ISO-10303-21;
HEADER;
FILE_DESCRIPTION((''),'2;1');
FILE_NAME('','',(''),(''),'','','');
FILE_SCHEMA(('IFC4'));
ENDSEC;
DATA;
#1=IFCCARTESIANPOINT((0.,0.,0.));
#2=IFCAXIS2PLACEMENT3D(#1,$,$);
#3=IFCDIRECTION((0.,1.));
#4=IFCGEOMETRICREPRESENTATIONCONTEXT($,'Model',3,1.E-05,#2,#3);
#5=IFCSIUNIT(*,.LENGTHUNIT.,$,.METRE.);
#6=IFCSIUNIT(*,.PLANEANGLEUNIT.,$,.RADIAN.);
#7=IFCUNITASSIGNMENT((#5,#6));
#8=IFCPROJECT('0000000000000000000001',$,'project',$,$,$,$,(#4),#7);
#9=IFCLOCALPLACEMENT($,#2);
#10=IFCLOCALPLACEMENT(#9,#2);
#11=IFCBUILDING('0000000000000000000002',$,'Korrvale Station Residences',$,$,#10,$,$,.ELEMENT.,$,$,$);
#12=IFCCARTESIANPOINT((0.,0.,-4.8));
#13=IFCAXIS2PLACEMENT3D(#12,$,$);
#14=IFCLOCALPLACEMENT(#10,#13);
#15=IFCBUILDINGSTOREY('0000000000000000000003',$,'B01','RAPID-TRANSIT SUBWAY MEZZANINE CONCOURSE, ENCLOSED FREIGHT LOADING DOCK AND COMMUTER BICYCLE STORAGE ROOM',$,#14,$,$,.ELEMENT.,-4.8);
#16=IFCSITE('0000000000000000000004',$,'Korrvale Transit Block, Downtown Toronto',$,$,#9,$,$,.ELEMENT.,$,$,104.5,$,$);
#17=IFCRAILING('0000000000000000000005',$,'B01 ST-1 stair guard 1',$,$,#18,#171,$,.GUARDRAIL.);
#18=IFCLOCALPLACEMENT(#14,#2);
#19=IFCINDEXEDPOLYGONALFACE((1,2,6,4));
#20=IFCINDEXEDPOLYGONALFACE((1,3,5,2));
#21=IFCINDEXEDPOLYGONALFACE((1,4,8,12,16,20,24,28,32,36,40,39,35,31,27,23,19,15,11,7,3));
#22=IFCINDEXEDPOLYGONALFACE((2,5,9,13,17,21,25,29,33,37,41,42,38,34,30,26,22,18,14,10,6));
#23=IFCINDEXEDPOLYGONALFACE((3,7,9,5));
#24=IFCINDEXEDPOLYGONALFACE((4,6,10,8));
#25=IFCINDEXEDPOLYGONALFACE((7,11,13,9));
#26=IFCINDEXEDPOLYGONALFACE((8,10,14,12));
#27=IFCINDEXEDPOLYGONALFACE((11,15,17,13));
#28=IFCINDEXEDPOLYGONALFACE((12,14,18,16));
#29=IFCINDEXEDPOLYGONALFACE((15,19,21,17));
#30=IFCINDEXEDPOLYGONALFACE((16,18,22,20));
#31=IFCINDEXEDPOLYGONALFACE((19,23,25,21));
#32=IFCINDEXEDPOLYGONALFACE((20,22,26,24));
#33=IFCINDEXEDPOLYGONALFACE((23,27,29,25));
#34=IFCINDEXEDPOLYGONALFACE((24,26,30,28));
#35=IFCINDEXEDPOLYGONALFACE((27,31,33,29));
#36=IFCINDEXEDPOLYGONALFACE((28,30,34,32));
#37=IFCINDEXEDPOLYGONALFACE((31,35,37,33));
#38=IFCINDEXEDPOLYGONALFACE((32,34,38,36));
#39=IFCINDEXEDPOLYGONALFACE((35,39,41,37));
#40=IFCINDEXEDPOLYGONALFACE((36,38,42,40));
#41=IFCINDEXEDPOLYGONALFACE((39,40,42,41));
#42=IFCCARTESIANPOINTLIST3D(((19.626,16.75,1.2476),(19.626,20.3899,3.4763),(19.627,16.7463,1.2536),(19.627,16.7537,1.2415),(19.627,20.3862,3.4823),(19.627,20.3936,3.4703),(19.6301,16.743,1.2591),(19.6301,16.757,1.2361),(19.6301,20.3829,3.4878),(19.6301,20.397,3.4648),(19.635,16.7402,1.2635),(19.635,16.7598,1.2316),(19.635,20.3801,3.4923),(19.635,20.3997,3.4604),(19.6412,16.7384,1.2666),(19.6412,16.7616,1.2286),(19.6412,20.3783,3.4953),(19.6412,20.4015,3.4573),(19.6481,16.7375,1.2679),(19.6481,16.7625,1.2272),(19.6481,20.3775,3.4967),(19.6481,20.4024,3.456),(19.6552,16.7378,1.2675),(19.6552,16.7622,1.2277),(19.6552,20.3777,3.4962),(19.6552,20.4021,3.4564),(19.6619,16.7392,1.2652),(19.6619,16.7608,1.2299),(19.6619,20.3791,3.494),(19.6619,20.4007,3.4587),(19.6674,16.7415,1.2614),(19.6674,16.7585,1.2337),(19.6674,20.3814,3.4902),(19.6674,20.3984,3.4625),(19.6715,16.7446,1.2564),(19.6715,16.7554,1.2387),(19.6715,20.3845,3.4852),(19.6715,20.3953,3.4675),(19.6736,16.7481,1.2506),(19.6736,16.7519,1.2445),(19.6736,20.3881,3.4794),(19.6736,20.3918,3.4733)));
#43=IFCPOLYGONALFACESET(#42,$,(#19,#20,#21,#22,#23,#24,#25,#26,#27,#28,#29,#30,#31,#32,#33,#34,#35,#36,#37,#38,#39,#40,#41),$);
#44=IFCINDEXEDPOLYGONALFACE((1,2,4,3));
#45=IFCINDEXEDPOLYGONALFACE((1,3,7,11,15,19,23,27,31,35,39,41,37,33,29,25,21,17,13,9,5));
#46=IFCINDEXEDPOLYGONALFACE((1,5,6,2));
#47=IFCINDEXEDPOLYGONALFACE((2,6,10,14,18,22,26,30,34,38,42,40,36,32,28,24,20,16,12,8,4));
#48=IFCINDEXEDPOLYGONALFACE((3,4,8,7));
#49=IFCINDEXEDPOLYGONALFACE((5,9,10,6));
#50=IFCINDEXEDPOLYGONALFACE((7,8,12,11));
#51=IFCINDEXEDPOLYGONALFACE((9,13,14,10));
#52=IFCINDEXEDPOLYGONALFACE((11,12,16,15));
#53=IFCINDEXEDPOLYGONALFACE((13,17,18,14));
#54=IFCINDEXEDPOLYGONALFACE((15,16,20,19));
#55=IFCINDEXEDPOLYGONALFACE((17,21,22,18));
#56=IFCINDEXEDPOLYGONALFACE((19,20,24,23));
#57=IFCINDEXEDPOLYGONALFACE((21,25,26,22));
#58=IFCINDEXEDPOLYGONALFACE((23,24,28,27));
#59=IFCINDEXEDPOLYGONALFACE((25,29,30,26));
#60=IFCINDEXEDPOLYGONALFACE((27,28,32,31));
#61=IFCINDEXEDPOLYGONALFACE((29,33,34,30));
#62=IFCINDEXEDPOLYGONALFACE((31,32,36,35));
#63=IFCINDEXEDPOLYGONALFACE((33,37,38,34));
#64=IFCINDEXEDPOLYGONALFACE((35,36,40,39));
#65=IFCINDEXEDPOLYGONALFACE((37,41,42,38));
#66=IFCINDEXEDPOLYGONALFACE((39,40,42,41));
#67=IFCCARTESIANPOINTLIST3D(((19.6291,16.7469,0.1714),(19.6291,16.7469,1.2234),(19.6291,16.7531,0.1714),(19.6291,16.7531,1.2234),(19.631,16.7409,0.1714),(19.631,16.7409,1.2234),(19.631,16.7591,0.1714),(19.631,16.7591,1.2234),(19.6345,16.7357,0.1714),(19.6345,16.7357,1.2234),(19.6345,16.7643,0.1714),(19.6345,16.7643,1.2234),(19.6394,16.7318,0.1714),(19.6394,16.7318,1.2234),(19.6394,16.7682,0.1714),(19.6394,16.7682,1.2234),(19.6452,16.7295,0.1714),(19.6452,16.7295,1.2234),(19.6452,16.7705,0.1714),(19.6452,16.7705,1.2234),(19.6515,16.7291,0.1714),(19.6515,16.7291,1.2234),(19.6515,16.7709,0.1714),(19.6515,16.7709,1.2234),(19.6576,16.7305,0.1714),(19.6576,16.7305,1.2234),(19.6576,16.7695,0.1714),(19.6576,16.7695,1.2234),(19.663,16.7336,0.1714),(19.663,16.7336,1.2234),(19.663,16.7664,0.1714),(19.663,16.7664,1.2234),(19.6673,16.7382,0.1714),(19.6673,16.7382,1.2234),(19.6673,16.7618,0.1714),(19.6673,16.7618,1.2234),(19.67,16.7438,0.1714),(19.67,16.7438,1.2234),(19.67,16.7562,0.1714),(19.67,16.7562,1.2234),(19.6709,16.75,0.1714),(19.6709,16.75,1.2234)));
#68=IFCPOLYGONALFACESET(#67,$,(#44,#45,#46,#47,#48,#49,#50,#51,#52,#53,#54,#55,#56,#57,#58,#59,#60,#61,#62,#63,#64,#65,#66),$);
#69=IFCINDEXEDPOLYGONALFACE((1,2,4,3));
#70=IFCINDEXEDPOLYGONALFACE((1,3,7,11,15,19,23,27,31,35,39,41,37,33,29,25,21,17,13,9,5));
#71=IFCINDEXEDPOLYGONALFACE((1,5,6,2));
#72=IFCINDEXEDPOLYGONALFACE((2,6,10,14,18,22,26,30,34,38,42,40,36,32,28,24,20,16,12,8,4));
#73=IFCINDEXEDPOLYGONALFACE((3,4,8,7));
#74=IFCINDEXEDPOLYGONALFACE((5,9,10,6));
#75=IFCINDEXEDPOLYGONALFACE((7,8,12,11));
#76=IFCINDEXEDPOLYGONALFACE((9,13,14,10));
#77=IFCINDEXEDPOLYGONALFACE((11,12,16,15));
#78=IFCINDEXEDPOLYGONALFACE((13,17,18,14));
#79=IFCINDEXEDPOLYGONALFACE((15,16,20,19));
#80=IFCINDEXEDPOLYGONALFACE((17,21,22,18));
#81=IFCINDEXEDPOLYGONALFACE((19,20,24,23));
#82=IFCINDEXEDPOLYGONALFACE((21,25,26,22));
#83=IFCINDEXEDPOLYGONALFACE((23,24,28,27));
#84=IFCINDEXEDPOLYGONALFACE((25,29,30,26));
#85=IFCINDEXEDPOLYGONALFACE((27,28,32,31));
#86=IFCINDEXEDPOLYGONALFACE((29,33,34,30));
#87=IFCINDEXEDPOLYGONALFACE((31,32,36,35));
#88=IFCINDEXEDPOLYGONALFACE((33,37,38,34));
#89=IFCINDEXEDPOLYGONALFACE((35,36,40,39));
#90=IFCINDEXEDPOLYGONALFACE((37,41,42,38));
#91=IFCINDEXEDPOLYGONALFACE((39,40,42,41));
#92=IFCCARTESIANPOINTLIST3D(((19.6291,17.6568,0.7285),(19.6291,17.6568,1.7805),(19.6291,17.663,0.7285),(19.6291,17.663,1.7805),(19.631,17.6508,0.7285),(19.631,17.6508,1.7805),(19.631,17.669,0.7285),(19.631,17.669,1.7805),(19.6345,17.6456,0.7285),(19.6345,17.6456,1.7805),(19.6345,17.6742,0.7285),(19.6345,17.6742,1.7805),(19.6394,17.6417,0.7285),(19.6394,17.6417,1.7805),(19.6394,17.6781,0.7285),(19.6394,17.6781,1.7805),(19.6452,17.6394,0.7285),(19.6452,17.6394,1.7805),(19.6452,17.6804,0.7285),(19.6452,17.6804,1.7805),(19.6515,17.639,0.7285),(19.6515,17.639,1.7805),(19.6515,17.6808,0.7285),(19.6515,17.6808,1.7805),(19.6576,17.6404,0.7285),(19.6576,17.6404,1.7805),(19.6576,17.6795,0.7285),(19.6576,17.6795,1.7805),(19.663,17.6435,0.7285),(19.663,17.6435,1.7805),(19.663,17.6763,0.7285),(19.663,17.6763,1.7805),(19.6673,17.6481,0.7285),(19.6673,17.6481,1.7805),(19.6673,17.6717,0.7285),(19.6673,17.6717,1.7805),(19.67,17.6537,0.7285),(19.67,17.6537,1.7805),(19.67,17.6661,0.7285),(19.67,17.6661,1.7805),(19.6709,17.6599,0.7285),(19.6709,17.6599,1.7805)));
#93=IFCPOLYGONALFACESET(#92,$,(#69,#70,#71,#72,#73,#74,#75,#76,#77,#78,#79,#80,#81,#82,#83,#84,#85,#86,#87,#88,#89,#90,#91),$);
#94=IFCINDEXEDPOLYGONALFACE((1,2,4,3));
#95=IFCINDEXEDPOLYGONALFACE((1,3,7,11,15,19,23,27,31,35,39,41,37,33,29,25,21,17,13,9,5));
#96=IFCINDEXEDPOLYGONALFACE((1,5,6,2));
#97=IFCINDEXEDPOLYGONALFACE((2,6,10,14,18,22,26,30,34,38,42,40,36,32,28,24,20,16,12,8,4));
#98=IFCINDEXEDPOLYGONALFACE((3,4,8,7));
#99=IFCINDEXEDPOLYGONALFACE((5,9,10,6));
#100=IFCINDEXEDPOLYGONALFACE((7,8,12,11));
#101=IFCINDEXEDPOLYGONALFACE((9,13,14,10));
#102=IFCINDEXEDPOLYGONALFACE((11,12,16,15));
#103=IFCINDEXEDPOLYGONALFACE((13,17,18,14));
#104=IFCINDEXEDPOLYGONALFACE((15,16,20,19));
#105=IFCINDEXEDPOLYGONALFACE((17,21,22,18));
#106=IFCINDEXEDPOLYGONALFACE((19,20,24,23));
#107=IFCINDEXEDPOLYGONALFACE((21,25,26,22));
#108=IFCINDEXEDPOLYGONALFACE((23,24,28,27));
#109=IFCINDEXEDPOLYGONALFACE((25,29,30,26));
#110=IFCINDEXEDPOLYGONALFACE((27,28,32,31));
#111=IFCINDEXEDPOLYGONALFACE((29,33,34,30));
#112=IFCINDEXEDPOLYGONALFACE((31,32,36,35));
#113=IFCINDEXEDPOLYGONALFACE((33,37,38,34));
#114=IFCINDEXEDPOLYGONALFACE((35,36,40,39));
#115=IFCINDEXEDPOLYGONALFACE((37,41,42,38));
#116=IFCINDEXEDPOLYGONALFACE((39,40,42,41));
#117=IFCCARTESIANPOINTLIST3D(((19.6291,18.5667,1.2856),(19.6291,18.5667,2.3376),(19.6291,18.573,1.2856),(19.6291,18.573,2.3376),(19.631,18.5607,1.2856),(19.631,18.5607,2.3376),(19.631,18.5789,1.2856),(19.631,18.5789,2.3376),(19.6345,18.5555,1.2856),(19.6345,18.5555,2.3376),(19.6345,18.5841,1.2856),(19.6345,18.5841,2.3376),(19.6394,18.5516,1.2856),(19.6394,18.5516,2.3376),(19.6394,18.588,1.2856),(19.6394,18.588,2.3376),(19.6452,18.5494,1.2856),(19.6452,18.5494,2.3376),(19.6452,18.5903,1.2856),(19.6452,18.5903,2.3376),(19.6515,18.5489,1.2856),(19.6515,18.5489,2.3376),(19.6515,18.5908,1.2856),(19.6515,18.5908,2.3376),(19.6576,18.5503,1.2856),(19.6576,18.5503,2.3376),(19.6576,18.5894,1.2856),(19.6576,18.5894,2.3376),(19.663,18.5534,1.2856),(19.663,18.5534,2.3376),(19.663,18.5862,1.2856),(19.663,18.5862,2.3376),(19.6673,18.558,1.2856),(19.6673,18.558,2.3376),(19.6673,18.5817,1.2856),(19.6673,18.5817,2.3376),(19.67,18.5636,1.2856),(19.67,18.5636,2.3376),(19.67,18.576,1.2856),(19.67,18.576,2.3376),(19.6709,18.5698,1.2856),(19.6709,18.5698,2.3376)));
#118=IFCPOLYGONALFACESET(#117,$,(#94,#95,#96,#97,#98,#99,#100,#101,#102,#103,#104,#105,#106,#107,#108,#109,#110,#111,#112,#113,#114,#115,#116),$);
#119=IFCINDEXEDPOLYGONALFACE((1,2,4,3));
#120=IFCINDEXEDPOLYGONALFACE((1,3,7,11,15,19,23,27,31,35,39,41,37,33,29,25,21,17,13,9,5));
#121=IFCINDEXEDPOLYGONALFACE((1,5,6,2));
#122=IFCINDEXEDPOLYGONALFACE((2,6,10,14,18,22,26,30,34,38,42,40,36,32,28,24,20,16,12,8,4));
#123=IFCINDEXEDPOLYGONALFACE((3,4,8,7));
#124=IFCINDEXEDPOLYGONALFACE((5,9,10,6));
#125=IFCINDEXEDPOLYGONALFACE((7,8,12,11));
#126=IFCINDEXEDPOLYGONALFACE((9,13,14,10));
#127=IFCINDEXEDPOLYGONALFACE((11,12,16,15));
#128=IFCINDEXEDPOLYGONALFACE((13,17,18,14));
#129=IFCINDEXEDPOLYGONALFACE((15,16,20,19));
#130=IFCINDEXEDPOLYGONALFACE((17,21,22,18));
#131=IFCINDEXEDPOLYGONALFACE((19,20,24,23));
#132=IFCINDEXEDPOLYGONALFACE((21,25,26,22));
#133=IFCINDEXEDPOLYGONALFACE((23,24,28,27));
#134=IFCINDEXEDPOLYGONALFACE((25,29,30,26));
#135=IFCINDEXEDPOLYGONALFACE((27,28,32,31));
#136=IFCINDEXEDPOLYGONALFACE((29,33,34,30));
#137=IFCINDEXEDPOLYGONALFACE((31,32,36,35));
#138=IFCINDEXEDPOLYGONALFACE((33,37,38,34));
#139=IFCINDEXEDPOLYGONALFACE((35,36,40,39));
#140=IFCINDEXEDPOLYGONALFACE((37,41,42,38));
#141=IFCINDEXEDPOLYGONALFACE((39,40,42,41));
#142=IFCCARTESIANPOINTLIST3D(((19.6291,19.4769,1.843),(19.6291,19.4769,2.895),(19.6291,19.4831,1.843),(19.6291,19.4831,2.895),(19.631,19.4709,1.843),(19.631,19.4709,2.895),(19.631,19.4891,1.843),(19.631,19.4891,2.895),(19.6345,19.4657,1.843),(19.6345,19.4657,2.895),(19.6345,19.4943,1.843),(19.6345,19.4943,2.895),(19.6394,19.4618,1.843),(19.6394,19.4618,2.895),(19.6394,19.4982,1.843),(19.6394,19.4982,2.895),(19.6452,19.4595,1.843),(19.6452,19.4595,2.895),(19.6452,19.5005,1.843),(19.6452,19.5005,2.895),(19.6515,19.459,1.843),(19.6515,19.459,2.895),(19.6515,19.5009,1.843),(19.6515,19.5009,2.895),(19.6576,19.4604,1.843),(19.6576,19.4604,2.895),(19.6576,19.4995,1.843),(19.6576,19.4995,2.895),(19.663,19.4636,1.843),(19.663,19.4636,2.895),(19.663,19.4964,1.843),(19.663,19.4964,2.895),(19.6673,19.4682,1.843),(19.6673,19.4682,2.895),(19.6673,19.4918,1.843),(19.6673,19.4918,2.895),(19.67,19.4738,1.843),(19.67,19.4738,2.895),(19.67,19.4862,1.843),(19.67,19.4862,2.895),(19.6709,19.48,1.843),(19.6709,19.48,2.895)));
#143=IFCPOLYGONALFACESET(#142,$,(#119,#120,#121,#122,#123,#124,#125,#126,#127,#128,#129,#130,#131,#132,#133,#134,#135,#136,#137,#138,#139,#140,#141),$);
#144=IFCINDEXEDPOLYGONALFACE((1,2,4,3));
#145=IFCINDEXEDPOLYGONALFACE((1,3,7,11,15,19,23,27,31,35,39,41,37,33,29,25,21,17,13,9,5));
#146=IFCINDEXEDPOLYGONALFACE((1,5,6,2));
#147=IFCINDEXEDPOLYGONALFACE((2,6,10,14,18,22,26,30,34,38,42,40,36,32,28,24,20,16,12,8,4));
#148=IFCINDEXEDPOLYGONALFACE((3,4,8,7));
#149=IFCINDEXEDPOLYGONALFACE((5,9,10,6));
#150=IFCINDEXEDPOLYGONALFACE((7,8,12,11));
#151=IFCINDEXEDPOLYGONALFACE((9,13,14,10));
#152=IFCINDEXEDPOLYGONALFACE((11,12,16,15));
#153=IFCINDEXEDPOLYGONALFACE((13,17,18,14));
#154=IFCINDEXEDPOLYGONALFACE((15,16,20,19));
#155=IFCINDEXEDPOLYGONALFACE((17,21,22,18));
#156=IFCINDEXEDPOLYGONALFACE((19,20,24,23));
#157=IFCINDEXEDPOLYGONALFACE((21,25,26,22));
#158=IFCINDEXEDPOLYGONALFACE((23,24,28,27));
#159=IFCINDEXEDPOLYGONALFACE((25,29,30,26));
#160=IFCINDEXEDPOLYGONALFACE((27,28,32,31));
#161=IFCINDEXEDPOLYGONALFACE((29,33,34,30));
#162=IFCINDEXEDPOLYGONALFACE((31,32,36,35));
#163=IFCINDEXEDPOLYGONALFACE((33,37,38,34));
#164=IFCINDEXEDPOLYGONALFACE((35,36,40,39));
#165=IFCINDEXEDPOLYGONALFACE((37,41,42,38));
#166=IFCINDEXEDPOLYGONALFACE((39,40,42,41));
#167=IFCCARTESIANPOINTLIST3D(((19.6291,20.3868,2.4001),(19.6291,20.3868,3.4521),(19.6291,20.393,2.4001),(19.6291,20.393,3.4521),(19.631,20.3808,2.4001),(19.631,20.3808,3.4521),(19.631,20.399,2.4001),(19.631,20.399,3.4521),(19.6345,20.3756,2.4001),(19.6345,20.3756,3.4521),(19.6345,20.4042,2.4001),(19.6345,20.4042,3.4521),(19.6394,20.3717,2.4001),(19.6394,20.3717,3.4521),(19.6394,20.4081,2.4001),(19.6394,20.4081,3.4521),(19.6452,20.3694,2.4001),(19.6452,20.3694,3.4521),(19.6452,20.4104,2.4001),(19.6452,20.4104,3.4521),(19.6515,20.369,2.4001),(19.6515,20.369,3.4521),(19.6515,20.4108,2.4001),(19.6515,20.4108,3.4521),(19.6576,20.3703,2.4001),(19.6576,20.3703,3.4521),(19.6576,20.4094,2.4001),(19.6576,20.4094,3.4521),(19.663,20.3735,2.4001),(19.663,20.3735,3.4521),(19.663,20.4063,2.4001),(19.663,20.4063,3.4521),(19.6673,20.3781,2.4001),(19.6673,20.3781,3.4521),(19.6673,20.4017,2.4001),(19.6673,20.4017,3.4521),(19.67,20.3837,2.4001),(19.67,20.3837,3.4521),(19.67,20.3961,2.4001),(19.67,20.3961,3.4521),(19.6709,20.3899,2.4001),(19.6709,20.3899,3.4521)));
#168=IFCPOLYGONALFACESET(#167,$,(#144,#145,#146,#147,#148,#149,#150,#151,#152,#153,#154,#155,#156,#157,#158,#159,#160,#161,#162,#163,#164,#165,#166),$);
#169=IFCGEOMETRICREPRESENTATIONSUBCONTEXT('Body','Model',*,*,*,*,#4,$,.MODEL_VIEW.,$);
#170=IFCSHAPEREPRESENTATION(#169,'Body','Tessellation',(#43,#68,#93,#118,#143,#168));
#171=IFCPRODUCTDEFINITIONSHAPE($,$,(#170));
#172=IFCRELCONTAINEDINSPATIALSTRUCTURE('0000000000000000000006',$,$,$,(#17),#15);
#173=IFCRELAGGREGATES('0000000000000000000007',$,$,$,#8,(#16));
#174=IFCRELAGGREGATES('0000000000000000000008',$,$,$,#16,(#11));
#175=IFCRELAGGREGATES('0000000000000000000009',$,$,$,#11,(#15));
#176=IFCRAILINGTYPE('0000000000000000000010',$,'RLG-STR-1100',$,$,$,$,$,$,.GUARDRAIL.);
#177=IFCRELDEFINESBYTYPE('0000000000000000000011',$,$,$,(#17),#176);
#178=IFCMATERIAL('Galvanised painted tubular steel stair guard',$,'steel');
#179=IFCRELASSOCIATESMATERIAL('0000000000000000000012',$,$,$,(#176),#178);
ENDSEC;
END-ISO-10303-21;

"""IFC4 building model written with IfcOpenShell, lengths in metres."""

from ifc_helpers import new_model, si_unit, direction, frame, origin, origin_2d, place, context, subcontext, project, spatial, circle, extrude, material, type_object, element, save


model = new_model("IFC4")

# Units and contexts
model_context = context("Model", 3, precision=1e-05, world=origin(), true_north=direction((0.0, 1.0)))
body_context = subcontext(model_context, "Body", "Model", "MODEL_VIEW")
ifc_project = project(units=[si_unit("LENGTHUNIT", "METRE"), si_unit("PLANEANGLEUNIT", "RADIAN")], contexts=[model_context])

# Site, building, storey
site_placement = place(None, origin())
site = spatial("IfcSite", under=ifc_project, at=site_placement, Name="Korrvale Transit Block, Downtown Toronto", CompositionType="ELEMENT", RefElevation=104.5)
building_placement = place(site_placement, origin())
building = spatial("IfcBuilding", under=site, at=building_placement, Name="Korrvale Station Residences", CompositionType="ELEMENT")
storey_placement = place(building_placement, frame((0.0, 0.0, -4.8)))
storey = spatial("IfcBuildingStorey", under=building, at=storey_placement, Name="B01", Description="RAPID-TRANSIT SUBWAY MEZZANINE CONCOURSE, ENCLOSED FREIGHT LOADING DOCK AND COMMUTER BICYCLE STORAGE ROOM", CompositionType="ELEMENT", Elevation=-4.8)

# Railing
ifc_material_1 = material(Name="Galvanised painted tubular steel stair guard", Category="steel")
railing_type_1 = type_object("IfcRailingType", Name="RLG-STR-1100", PredefinedType="GUARDRAIL", material=ifc_material_1)
railing_1_placement = place(storey_placement, frame((19.6499, 16.75, 0.1714)))
element("IfcRailing", 1, at=railing_1_placement, inside=storey, type_object=railing_type_1, Name="B01 ST-1 stair guard 1", PredefinedType="GUARDRAIL", context=body_context, shape_type="SweptSolid", body=[
    extrude(circle(Radius=0.0239, at=origin_2d()), frame((0.0, 0.0, 1.0762), z_axis=(0.0, 0.852825, 0.522197), x_axis=(-1.0, 0.0, 0.0)), (0.0, 0.0, 1.0), 4.2681),
    extrude(circle(Radius=0.021, at=origin_2d()), origin(), (0.0, 0.0, 1.0), 1.052),
    extrude(circle(Radius=0.021, at=origin_2d()), frame((0.0, 0.9099, 0.5571)), (0.0, 0.0, 1.0), 1.052),
    extrude(circle(Radius=0.021, at=origin_2d()), frame((0.0, 1.8198, 1.1143)), (0.0, 0.0, 1.0), 1.052),
    extrude(circle(Radius=0.021, at=origin_2d()), frame((0.0, 2.73, 1.6716)), (0.0, 0.0, 1.0), 1.052),
    extrude(circle(Radius=0.021, at=origin_2d()), frame((0.0, 3.6399, 2.2288)), (0.0, 0.0, 1.0), 1.052),
])

save(model, "model.ifc")
